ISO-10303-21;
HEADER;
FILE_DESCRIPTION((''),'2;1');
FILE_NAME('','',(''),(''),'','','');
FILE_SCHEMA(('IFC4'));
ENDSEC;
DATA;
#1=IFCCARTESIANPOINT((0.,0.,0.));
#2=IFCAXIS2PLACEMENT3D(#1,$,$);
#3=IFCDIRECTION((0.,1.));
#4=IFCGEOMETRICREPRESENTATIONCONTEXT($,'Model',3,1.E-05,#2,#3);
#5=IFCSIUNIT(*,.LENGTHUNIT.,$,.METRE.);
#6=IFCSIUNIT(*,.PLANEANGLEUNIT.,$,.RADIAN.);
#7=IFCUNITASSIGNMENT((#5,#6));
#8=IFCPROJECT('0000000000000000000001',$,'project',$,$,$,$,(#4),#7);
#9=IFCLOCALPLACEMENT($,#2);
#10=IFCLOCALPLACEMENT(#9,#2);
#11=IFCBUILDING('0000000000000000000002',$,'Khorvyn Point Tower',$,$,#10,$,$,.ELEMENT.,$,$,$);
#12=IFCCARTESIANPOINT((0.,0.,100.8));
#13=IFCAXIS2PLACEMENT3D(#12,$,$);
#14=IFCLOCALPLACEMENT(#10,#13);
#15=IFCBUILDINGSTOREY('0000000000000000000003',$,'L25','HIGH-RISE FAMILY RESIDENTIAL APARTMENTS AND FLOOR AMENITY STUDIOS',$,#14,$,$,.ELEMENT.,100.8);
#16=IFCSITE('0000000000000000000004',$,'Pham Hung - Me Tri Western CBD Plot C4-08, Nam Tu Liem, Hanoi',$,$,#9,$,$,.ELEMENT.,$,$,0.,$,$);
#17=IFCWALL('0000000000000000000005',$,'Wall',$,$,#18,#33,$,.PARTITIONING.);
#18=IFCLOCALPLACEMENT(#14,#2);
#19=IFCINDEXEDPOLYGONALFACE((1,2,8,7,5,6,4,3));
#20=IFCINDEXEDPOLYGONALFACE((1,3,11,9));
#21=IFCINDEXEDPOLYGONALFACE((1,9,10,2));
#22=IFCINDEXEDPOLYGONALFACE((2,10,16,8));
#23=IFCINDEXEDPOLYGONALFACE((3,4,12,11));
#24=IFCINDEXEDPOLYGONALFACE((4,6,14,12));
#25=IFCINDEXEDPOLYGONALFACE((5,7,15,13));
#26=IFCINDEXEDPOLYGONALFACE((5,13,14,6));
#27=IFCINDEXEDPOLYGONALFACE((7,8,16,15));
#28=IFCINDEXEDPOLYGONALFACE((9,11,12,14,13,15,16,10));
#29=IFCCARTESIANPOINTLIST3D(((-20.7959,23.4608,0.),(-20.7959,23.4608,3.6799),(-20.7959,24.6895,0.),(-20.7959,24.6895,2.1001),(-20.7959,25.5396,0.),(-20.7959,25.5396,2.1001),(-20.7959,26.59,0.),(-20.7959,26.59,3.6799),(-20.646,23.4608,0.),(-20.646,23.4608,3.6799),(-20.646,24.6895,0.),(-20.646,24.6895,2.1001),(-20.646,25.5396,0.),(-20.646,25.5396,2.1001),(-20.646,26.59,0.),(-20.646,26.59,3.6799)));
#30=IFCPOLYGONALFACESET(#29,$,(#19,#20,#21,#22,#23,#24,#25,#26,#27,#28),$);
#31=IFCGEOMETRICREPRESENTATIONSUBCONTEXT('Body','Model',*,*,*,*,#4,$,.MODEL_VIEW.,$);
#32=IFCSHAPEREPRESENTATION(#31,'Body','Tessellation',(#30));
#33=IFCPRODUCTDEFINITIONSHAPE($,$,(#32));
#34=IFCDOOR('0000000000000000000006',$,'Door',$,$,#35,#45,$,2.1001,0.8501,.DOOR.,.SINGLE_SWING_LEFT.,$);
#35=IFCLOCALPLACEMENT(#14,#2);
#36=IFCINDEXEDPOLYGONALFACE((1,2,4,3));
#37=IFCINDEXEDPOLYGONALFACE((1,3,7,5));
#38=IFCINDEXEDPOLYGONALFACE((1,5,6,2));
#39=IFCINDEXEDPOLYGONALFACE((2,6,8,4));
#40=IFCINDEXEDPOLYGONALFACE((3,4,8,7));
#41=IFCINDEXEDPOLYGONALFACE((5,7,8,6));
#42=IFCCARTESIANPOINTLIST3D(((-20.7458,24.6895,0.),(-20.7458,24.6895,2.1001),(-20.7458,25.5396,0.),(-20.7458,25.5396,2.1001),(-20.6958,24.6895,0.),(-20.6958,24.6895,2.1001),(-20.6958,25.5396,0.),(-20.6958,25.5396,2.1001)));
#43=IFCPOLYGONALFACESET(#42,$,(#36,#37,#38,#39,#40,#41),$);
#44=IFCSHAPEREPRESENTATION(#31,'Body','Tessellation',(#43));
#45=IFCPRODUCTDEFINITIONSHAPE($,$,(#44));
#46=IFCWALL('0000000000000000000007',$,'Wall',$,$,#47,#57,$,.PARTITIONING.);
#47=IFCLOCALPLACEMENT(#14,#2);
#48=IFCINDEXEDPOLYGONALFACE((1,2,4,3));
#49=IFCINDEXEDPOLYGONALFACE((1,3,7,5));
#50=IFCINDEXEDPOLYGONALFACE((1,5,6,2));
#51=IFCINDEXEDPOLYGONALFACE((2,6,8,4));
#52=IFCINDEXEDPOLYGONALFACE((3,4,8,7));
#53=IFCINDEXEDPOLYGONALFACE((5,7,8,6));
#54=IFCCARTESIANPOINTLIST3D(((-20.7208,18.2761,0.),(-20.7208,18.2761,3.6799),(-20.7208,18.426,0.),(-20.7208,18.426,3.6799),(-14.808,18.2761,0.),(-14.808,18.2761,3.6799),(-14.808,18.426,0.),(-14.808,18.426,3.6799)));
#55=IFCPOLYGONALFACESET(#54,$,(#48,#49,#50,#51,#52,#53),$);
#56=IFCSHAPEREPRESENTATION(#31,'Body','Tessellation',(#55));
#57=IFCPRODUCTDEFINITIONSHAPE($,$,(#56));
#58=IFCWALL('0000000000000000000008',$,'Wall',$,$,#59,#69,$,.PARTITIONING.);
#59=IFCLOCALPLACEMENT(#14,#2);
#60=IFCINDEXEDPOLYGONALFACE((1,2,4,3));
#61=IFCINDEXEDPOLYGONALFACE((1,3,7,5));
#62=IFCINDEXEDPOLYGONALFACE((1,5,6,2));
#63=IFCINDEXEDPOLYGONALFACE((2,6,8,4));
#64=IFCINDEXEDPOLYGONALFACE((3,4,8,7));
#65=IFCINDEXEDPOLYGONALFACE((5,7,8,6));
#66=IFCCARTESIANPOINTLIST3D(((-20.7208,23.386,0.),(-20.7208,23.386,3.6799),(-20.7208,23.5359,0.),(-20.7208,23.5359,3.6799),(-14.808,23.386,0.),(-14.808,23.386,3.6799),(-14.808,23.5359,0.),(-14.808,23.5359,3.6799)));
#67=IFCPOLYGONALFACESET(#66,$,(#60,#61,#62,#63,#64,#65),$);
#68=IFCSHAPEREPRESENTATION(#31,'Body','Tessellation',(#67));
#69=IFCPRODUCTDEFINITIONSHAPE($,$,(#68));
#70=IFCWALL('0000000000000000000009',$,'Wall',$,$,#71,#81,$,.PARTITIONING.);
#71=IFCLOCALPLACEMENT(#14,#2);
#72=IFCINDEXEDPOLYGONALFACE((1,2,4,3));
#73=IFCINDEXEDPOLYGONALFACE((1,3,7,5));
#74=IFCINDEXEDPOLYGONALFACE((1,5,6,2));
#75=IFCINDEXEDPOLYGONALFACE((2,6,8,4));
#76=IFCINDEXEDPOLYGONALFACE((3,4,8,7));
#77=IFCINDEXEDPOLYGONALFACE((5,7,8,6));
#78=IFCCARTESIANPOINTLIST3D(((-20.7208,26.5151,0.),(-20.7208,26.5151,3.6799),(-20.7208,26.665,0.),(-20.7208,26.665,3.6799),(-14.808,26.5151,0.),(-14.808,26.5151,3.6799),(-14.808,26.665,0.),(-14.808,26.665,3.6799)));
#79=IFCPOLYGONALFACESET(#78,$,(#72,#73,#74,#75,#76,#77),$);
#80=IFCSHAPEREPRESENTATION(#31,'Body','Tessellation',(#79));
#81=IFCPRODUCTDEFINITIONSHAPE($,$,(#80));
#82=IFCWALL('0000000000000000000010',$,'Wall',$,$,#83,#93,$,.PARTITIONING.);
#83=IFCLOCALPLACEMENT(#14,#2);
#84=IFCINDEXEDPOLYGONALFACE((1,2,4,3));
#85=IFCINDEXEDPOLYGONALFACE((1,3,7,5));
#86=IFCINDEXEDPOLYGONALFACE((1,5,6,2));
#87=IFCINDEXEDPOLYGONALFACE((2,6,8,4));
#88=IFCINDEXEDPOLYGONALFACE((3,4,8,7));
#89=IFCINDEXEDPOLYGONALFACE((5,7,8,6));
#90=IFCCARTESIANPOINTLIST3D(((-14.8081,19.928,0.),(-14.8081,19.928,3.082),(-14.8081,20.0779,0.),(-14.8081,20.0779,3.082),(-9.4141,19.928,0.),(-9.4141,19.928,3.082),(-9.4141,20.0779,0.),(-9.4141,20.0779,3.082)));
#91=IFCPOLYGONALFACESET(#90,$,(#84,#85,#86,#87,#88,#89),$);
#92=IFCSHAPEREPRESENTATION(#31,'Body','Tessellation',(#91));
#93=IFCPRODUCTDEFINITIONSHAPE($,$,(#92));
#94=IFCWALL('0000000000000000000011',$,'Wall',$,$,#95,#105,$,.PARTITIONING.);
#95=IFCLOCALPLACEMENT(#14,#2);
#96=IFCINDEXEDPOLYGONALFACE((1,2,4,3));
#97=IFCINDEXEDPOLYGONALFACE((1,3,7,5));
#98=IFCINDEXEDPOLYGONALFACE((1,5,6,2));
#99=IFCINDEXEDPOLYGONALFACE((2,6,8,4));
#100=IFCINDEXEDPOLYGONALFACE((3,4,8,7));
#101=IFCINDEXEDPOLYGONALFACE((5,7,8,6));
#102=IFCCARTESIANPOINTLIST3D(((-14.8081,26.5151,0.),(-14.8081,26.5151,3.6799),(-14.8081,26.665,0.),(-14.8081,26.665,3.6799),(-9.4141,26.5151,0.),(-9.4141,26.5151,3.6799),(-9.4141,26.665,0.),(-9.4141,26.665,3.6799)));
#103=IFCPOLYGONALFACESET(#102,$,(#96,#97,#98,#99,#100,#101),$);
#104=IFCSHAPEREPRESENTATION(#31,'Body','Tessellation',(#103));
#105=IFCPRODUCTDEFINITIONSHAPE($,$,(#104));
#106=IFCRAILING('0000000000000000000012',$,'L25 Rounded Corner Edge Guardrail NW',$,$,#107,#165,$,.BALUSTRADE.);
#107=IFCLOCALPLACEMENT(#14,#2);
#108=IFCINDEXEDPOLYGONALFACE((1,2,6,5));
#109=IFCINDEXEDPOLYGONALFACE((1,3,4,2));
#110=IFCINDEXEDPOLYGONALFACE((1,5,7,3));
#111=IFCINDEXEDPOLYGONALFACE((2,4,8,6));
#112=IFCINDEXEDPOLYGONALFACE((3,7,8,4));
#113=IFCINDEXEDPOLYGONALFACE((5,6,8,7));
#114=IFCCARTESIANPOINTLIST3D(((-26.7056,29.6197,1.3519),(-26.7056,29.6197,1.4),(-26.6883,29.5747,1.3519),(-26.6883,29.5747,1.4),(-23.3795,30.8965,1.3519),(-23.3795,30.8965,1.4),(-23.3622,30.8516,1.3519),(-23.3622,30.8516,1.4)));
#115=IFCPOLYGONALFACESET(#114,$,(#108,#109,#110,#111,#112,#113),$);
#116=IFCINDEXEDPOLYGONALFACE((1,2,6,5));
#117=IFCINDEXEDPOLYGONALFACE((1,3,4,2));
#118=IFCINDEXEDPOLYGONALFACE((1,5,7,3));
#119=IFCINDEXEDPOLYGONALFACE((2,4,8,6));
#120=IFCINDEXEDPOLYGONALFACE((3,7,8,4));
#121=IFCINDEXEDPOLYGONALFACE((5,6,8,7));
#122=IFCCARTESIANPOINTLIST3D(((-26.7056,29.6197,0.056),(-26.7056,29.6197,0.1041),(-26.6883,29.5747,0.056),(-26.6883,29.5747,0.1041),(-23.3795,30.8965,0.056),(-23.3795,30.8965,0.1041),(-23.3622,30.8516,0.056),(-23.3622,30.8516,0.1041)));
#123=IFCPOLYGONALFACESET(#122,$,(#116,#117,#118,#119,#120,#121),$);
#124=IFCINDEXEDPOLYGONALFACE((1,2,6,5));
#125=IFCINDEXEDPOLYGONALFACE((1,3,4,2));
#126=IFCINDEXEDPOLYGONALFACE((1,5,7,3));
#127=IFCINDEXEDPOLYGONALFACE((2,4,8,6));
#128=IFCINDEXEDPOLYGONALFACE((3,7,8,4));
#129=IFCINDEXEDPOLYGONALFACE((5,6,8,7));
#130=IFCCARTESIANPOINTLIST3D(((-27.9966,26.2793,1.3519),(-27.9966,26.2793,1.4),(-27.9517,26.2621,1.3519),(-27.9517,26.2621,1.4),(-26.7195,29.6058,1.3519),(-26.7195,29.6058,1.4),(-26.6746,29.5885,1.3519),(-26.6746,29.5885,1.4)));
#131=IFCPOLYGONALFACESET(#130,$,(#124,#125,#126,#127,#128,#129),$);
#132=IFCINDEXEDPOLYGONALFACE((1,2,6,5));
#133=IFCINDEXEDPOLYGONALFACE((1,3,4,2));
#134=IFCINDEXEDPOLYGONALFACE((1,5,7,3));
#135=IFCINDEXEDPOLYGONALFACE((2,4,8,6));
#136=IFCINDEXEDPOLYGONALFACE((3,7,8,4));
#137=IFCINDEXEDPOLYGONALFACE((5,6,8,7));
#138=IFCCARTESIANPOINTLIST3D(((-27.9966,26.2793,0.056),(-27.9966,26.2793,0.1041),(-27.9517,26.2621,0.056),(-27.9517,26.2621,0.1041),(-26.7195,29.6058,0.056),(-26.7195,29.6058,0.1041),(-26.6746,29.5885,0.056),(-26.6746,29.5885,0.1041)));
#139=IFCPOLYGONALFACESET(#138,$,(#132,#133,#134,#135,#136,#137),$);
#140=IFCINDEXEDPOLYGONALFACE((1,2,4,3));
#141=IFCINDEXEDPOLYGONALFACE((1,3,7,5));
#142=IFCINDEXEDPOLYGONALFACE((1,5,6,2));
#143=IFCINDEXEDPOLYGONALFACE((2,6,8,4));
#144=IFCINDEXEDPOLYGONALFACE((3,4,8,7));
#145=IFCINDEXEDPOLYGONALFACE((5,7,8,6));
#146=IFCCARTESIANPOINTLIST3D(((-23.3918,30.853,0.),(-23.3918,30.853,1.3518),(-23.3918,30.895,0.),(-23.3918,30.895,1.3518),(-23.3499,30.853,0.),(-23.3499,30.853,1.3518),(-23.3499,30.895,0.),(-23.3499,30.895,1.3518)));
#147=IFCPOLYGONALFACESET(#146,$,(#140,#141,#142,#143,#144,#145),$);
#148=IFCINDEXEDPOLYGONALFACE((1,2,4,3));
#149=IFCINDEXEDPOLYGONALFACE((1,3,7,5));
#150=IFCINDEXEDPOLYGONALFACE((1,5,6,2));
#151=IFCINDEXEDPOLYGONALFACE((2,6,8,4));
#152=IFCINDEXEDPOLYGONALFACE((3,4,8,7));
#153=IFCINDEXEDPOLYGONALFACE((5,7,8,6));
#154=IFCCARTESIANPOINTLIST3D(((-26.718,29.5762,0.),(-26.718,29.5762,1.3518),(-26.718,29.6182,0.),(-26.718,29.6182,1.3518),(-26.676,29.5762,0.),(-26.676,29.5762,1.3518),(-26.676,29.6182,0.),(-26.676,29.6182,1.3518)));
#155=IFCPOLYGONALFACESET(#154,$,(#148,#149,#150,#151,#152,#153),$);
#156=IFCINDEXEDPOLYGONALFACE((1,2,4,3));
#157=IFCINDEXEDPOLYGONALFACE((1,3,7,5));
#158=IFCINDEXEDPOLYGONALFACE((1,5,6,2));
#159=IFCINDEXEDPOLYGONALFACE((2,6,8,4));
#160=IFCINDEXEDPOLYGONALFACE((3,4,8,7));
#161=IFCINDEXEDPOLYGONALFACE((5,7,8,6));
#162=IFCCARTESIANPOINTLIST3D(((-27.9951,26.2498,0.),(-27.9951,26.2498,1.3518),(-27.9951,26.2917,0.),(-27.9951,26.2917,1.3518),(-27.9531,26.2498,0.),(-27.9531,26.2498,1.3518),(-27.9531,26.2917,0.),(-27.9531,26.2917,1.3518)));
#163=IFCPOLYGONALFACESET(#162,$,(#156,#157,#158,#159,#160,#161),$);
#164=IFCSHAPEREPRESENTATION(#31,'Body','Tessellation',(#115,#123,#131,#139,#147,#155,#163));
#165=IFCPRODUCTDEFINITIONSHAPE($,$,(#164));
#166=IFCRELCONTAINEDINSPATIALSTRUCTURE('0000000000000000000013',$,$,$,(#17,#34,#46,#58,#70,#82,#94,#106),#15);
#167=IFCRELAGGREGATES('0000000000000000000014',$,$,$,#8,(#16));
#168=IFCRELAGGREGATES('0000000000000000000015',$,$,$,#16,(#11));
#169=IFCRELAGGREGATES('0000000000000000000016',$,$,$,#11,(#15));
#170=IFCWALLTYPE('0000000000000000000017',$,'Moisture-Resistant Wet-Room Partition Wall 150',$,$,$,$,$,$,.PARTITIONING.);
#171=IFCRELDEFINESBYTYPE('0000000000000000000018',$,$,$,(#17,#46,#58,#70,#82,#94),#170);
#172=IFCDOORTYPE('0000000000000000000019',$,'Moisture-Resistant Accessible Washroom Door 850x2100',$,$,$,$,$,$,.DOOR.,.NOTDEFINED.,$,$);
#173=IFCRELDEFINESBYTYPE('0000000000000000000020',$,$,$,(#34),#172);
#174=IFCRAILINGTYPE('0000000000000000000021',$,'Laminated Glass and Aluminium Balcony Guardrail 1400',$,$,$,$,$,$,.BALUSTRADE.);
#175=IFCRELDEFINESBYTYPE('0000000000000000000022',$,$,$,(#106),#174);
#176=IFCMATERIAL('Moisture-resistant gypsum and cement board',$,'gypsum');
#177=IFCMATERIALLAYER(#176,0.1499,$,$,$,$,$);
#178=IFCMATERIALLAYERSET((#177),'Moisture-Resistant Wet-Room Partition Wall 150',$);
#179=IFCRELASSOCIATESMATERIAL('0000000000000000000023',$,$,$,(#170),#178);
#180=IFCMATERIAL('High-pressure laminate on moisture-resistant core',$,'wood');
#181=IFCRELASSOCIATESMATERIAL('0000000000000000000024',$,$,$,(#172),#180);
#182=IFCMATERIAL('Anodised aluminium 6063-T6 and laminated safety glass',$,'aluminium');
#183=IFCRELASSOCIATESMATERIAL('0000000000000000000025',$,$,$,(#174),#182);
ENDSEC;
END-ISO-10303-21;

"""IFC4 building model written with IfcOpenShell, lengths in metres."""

from ifc_helpers import new_model, si_unit, direction, frame, frame_2d, origin, origin_2d, place, context, subcontext, project, spatial, rectangle, extrude, material, layer, layer_set, type_object, element, fill, save


model = new_model("IFC4")

# Units and contexts
model_context = context("Model", 3, precision=1e-05, world=origin(), true_north=direction((0.0, 1.0)))
body_context = subcontext(model_context, "Body", "Model", "MODEL_VIEW")
ifc_project = project(units=[si_unit("LENGTHUNIT", "METRE"), si_unit("PLANEANGLEUNIT", "RADIAN")], contexts=[model_context])

# Site, building, storey
site_placement = place(None, origin())
site = spatial("IfcSite", under=ifc_project, at=site_placement, Name="Pham Hung - Me Tri Western CBD Plot C4-08, Nam Tu Liem, Hanoi", CompositionType="ELEMENT", RefElevation=0.0)
building_placement = place(site_placement, origin())
building = spatial("IfcBuilding", under=site, at=building_placement, Name="Khorvyn Point Tower", CompositionType="ELEMENT")
storey_placement = place(building_placement, frame((0.0, 0.0, 100.8)))
storey = spatial("IfcBuildingStorey", under=building, at=storey_placement, Name="L25", Description="HIGH-RISE FAMILY RESIDENTIAL APARTMENTS AND FLOOR AMENITY STUDIOS", CompositionType="ELEMENT", Elevation=100.8)

# Wall, opening, door
ifc_material_1 = material(Name="Moisture-resistant gypsum and cement board", Category="gypsum")
ifc_layer_1 = layer(ifc_material_1, 0.1499)
ifc_layer_set_1 = layer_set([ifc_layer_1], Name="Moisture-Resistant Wet-Room Partition Wall 150")
wall_type_1 = type_object("IfcWallType", Name="Moisture-Resistant Wet-Room Partition Wall 150", PredefinedType="PARTITIONING", material=ifc_layer_set_1)
ifc_material_2 = material(Name="High-pressure laminate on moisture-resistant core", Category="wood")
door_type_1 = type_object("IfcDoorType", Name="Moisture-Resistant Accessible Washroom Door 850x2100", OperationType="NOTDEFINED", PredefinedType="DOOR", material=ifc_material_2)
wall_1_placement = place(storey_placement, frame((-20.7209, 23.4609, 0.0), z_axis=(0.0, 0.0, 1.0), x_axis=(0.0, 1.0, 0.0)))
wall_1 = element("IfcWall", 1, at=wall_1_placement, inside=storey, type_object=wall_type_1, Name="Wall", PredefinedType="PARTITIONING", context=body_context, shape_type="SweptSolid", body=[
    extrude(rectangle(XDim=3.1292, YDim=0.1499, at=frame_2d((1.5645, 0.0))), origin(), (0.0, 0.0, 1.0), 3.6799),
])
opening_1_placement = place(wall_1_placement, frame((1.2285, 0.0, 0.0)))
opening_1 = element("IfcOpeningElement", 2, at=opening_1_placement, cuts=wall_1, PredefinedType="OPENING", context=body_context, shape_type="SweptSolid", body=[
    extrude(rectangle(XDim=0.8501, YDim=2.1001, at=frame_2d((0.425, 1.05))), frame((0.0, 0.085, 0.0), z_axis=(0.0, -1.0, 0.0), x_axis=(1.0, 0.0, 0.0)), (0.0, 0.0, 1.0), 0.1699),
])
door_1_placement = place(opening_1_placement, origin())
door_1 = element("IfcDoor", 3, at=door_1_placement, inside=storey, type_object=door_type_1, Name="Door", OperationType="SINGLE_SWING_LEFT", OverallHeight=2.1001, OverallWidth=0.8501, PredefinedType="DOOR", context=body_context, shape_type="SweptSolid", body=[
    extrude(rectangle(XDim=0.8501, YDim=2.1001, at=frame_2d((0.425, 1.05))), frame((0.0, 0.0249, 0.0), z_axis=(0.0, -1.0, 0.0), x_axis=(1.0, 0.0, 0.0)), (0.0, 0.0, 1.0), 0.05),
])
fill(opening_1, door_1)

# Walls
for number, where, z_axis, x_axis, name in (
    (4, (-20.7209, 18.3511, 0.0), (0.0, 0.0, 1.0), (1.0, 0.0, 0.0), "Wall"),
    (5, (-20.7209, 23.4609, 0.0), (0.0, 0.0, 1.0), (1.0, 0.0, 0.0), "Wall"),
    (6, (-20.7209, 26.5901, 0.0), (0.0, 0.0, 1.0), (1.0, 0.0, 0.0), "Wall"),
):
    element("IfcWall", number, at=place(storey_placement, frame(where, z_axis=z_axis, x_axis=x_axis)), inside=storey, type_object=wall_type_1, Name=name, PredefinedType="PARTITIONING", context=body_context, shape_type="SweptSolid", body=[
        extrude(rectangle(XDim=5.9128, YDim=0.1499, at=frame_2d((2.9565, 0.0))), origin(), (0.0, 0.0, 1.0), 3.6799),
    ])
wall_2_placement = place(storey_placement, frame((-14.8081, 20.0029, 0.0), z_axis=(0.0, 0.0, 1.0), x_axis=(1.0, 0.0, 0.0)))
element("IfcWall", 7, at=wall_2_placement, inside=storey, type_object=wall_type_1, Name="Wall", PredefinedType="PARTITIONING", context=body_context, shape_type="SweptSolid", body=[
    extrude(rectangle(XDim=5.394, YDim=0.1499, at=frame_2d((2.697, 0.0))), origin(), (0.0, 0.0, 1.0), 3.082),
])
wall_3_placement = place(storey_placement, frame((-14.8081, 26.5901, 0.0), z_axis=(0.0, 0.0, 1.0), x_axis=(1.0, 0.0, 0.0)))
element("IfcWall", 8, at=wall_3_placement, inside=storey, type_object=wall_type_1, Name="Wall", PredefinedType="PARTITIONING", context=body_context, shape_type="SweptSolid", body=[
    extrude(rectangle(XDim=5.394, YDim=0.1499, at=frame_2d((2.697, 0.0))), origin(), (0.0, 0.0, 1.0), 3.6799),
])

# Railing
ifc_material_3 = material(Name="Anodised aluminium 6063-T6 and laminated safety glass", Category="aluminium")
railing_type = type_object("IfcRailingType", Name="Laminated Glass and Aluminium Balcony Guardrail 1400", PredefinedType="BALUSTRADE", material=ifc_material_3)
railing_1_placement = place(storey_placement, frame((-23.3708, 30.874, 0.0)))
element("IfcRailing", 9, at=railing_1_placement, inside=storey, type_object=railing_type, Name="L25 Rounded Corner Edge Guardrail NW", PredefinedType="BALUSTRADE", context=body_context, shape_type="SweptSolid", body=[
    extrude(rectangle(XDim=0.0481, YDim=0.0481, at=origin_2d()), frame((0.0, 0.0, 1.376), z_axis=(-0.933575, -0.358382, 0.0), x_axis=(0.358382, -0.933575, 0.0)), (0.0, 0.0, 1.0), 3.5627),
    extrude(rectangle(XDim=0.0481, YDim=0.0481, at=origin_2d()), frame((0.0, 0.0, 0.0801), z_axis=(-0.933575, -0.358382, 0.0), x_axis=(0.358382, -0.933575, 0.0)), (0.0, 0.0, 1.0), 3.5627),
    extrude(rectangle(XDim=0.0481, YDim=0.0481, at=origin_2d()), frame((-3.3262, -1.2769, 1.376), z_axis=(-0.358419, -0.933561, 0.0), x_axis=(0.933561, -0.358419, 0.0)), (0.0, 0.0, 1.0), 3.5632),
    extrude(rectangle(XDim=0.0481, YDim=0.0481, at=origin_2d()), frame((-3.3262, -1.2769, 0.0801), z_axis=(-0.358419, -0.933561, 0.0), x_axis=(0.933561, -0.358419, 0.0)), (0.0, 0.0, 1.0), 3.5632),
    extrude(rectangle(XDim=0.042, YDim=0.042, at=origin_2d()), origin(), (0.0, 0.0, 1.0), 1.3518),
    extrude(rectangle(XDim=0.042, YDim=0.042, at=origin_2d()), frame((-3.3262, -1.2769, 0.0)), (0.0, 0.0, 1.0), 1.3518),
    extrude(rectangle(XDim=0.042, YDim=0.042, at=origin_2d()), frame((-4.6033, -4.6033, 0.0)), (0.0, 0.0, 1.0), 1.3518),
])

save(model, "model.ifc")
